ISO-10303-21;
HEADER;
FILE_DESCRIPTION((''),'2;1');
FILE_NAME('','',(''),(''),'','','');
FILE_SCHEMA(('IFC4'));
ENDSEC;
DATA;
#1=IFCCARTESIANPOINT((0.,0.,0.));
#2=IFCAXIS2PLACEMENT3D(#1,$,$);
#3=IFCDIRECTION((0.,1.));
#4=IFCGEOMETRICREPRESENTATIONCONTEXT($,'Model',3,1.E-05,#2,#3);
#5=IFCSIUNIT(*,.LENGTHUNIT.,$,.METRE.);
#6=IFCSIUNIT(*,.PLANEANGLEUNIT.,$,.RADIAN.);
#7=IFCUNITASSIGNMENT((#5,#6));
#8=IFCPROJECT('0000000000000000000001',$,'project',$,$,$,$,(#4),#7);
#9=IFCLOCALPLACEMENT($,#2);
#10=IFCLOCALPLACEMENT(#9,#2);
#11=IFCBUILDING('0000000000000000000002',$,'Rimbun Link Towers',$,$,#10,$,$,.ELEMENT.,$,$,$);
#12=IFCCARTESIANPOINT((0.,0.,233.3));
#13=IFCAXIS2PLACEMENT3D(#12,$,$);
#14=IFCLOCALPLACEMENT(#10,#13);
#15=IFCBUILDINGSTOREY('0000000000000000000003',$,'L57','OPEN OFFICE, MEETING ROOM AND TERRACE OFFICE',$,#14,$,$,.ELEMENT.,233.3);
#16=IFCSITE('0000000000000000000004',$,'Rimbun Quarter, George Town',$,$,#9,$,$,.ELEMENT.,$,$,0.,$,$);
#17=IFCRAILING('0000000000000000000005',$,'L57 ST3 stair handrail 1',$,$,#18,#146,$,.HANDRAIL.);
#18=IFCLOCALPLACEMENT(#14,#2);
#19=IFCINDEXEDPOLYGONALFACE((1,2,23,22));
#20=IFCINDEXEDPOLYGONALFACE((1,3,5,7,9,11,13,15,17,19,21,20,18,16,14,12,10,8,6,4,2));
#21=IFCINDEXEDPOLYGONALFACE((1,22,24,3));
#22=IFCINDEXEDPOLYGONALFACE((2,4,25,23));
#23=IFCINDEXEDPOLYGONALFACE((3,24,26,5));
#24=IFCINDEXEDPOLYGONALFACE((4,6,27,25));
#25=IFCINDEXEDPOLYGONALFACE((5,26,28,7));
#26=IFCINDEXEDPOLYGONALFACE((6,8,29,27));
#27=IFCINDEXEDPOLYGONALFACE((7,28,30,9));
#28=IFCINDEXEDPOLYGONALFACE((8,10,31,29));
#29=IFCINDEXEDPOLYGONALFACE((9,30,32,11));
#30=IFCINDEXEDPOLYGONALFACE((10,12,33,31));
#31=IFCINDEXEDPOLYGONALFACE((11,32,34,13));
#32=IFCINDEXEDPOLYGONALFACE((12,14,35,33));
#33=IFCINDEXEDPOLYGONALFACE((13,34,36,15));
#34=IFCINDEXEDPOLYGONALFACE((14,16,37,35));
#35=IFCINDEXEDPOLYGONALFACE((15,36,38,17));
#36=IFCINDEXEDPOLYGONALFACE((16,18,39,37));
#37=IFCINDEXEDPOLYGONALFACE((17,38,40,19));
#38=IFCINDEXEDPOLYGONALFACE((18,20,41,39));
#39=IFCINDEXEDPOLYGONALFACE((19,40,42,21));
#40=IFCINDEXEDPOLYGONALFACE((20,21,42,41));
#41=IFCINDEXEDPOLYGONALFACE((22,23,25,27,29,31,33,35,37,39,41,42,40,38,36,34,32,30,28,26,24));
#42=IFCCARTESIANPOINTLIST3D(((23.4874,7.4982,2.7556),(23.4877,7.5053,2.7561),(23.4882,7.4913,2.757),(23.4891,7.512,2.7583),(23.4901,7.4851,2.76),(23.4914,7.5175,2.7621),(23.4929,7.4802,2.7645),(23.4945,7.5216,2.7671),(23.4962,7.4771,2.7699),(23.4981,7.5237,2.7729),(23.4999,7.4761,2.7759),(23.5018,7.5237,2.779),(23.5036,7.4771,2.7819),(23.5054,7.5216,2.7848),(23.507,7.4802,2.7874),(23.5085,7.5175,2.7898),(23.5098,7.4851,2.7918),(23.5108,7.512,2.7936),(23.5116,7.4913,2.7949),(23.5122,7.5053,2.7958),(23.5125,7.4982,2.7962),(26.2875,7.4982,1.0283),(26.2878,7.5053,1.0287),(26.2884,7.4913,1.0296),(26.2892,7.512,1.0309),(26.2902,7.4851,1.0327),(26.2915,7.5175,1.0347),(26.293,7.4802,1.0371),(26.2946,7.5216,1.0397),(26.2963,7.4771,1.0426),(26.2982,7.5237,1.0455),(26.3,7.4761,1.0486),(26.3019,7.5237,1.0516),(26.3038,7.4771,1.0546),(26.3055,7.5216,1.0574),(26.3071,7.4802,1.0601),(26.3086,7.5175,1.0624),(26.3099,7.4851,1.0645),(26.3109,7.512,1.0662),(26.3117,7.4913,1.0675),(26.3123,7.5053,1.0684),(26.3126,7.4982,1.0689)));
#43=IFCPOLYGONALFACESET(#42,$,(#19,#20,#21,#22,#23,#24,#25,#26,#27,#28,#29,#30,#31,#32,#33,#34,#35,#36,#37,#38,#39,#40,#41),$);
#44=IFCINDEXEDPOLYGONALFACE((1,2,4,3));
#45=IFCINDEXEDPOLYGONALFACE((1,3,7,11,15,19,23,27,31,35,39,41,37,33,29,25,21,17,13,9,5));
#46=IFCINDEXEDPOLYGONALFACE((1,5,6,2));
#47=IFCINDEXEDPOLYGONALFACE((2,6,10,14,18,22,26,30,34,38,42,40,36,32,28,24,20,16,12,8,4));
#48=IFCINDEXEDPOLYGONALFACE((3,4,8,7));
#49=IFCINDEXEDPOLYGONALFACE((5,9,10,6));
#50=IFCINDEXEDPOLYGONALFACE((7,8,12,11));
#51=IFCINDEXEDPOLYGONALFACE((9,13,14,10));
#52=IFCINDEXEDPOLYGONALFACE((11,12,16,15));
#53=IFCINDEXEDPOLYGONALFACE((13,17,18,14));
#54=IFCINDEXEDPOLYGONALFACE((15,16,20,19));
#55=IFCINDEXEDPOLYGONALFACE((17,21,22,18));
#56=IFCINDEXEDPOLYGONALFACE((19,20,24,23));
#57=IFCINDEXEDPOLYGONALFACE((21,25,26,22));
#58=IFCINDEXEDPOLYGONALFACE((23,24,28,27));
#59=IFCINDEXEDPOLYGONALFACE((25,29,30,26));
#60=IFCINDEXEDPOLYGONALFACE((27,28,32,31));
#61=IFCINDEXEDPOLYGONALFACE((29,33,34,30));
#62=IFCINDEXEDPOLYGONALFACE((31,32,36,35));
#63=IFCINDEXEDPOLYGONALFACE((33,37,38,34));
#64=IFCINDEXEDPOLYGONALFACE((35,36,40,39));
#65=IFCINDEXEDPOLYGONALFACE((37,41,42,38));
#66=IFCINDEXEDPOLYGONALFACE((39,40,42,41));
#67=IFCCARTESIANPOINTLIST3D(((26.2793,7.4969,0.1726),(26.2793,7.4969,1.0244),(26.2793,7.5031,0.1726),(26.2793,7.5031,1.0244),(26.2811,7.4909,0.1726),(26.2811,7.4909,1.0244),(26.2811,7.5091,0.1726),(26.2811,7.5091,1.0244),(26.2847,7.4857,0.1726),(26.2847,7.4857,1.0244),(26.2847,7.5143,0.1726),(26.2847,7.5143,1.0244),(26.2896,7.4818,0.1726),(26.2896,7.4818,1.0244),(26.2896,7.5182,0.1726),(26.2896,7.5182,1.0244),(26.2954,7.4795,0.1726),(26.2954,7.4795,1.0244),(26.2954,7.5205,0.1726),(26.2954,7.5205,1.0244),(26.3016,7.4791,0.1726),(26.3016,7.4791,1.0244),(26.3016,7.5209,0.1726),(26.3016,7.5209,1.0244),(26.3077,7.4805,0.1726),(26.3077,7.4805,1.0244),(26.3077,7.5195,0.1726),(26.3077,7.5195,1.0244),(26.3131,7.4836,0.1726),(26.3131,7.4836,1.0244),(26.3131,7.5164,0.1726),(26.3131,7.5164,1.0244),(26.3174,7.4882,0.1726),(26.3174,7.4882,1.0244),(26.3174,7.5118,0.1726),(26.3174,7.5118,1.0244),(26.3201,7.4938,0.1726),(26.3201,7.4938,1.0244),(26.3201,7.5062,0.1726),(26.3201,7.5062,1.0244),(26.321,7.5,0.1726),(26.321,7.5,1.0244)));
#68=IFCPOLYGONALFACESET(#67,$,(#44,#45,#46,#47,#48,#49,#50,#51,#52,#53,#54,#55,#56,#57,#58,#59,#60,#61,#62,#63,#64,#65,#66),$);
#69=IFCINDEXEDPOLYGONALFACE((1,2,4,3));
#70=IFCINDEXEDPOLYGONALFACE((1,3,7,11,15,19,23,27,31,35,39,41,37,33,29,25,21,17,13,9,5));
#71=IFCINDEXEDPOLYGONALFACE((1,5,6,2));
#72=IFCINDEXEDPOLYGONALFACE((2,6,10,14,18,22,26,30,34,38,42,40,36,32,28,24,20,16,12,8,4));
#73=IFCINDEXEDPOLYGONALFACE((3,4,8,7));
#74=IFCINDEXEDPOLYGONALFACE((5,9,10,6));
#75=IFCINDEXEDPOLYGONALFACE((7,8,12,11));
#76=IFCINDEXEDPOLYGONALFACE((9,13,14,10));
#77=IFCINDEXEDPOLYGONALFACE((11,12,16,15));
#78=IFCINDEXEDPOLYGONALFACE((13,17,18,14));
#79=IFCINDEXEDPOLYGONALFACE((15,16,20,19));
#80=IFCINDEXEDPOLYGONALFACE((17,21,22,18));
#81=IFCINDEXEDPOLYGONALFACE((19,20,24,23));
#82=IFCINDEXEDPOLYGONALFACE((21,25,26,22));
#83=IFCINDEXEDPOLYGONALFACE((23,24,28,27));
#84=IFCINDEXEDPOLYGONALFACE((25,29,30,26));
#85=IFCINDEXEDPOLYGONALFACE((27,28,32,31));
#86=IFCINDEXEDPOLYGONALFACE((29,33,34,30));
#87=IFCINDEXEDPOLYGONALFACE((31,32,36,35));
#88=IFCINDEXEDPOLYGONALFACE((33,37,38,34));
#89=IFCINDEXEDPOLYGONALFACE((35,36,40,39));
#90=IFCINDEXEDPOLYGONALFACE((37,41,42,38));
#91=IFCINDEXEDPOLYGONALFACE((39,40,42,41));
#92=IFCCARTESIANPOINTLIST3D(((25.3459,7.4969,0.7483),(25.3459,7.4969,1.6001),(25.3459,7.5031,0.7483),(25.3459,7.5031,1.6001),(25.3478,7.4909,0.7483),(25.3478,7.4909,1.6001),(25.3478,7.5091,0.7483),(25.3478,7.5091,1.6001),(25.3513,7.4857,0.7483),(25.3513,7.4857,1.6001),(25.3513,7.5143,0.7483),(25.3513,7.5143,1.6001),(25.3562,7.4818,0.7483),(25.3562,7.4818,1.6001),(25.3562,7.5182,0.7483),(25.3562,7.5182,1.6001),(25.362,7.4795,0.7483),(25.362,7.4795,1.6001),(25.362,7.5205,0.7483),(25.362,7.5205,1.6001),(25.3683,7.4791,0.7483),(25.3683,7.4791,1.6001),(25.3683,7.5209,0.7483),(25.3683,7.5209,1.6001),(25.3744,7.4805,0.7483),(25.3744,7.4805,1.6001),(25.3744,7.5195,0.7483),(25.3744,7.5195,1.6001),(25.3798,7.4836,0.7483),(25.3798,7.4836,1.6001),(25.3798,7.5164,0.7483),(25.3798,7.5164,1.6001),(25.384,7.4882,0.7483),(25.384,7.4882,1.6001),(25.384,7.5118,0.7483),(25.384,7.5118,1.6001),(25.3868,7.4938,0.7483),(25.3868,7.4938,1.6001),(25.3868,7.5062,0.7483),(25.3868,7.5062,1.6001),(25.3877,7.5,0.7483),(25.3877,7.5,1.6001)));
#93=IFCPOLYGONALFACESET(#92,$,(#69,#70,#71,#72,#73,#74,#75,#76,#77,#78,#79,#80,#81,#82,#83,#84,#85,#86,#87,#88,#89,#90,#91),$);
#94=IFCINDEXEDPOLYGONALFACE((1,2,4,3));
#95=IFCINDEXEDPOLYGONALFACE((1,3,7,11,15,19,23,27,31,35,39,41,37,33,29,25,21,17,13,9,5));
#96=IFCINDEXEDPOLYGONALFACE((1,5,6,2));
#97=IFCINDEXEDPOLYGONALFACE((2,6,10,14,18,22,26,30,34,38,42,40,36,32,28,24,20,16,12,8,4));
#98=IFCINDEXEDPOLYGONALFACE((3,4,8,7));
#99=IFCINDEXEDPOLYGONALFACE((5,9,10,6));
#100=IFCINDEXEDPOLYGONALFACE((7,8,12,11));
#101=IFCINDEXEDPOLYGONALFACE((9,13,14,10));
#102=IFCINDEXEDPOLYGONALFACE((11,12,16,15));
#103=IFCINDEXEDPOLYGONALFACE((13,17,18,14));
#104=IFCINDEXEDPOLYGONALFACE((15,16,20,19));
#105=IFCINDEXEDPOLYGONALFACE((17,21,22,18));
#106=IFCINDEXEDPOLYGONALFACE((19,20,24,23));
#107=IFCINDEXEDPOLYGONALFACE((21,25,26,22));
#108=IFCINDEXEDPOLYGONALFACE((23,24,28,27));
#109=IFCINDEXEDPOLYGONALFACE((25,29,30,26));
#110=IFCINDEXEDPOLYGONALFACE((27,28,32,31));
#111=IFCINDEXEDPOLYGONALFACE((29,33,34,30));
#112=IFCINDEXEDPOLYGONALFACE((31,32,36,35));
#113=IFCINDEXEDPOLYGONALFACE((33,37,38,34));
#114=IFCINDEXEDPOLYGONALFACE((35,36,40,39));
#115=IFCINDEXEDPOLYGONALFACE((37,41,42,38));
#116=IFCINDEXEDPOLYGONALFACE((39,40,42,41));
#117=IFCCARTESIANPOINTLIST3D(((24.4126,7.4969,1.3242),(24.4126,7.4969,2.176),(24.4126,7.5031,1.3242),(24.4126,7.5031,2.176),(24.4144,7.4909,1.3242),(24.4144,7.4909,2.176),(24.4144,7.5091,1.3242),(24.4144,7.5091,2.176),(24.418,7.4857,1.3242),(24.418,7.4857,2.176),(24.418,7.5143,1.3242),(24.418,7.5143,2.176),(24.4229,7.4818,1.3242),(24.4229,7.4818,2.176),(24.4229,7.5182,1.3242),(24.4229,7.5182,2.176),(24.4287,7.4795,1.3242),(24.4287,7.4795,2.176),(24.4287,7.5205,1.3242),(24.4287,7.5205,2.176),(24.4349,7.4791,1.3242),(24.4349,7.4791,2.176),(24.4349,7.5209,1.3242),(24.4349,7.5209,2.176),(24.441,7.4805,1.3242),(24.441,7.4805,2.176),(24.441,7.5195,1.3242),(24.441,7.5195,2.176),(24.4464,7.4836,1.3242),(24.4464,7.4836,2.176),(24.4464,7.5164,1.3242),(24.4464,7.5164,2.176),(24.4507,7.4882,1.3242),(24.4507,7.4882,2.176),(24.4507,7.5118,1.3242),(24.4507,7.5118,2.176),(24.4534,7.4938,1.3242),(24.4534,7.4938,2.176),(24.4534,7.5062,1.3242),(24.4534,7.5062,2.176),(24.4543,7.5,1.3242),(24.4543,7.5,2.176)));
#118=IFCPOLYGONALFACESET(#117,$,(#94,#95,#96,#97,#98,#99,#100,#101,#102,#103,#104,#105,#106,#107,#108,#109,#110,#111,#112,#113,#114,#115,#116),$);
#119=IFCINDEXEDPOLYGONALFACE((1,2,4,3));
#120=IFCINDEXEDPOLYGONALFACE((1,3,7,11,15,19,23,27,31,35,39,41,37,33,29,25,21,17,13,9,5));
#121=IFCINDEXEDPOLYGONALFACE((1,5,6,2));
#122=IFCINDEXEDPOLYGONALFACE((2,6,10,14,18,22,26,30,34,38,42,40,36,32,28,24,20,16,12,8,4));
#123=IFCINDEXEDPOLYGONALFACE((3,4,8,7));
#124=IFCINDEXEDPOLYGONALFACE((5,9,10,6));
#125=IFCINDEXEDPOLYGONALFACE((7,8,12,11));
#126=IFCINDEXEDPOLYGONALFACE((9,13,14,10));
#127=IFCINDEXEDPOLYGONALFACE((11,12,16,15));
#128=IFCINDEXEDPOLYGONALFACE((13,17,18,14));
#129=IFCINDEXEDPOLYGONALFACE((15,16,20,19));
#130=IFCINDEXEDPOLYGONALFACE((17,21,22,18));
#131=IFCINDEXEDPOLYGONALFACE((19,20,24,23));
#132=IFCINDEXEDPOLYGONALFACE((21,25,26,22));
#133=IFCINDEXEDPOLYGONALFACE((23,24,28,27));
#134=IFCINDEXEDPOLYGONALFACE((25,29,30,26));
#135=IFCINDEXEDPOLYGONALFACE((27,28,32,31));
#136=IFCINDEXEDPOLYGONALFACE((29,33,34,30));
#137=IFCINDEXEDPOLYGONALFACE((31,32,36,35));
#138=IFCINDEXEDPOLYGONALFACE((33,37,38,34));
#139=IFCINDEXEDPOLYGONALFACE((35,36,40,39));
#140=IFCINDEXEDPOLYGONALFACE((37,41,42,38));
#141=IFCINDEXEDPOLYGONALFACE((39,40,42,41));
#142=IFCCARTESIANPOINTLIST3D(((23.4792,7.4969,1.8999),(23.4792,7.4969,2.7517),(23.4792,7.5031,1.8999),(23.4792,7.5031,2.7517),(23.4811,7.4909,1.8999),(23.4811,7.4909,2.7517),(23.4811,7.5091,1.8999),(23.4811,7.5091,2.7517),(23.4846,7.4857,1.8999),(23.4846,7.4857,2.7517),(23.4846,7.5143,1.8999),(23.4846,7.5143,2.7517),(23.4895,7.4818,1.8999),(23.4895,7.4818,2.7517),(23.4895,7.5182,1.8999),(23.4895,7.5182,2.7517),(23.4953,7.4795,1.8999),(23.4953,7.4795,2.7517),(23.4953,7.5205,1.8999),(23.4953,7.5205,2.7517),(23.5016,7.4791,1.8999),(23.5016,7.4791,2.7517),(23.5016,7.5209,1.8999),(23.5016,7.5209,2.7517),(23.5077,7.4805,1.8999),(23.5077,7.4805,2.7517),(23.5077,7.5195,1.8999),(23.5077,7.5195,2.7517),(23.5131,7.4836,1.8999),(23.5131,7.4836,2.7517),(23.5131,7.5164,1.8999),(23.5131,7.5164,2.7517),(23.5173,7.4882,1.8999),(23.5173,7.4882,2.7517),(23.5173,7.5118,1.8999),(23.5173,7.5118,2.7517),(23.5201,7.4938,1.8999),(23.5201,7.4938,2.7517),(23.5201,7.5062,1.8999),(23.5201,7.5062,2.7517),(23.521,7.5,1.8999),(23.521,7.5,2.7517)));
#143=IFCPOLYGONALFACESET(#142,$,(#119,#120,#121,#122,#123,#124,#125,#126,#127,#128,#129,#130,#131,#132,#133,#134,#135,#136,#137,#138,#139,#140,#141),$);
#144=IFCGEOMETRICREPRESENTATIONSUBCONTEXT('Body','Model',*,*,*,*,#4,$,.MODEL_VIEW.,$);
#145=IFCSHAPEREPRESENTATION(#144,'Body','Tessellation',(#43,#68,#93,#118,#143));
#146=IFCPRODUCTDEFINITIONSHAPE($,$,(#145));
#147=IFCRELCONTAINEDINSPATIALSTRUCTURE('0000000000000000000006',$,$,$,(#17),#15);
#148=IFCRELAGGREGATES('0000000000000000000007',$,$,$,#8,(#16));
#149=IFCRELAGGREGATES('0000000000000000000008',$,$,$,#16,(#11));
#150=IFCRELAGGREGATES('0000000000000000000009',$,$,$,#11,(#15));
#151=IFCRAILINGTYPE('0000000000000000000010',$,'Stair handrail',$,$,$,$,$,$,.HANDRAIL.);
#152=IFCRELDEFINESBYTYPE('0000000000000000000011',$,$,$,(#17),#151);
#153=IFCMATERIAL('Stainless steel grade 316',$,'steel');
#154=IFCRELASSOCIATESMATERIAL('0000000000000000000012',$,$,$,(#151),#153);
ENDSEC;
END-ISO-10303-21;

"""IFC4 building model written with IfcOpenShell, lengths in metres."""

from ifc_helpers import new_model, si_unit, direction, frame, origin, origin_2d, place, context, subcontext, project, spatial, circle, extrude, material, type_object, element, save


model = new_model("IFC4")

# Units and contexts
model_context = context("Model", 3, precision=1e-05, world=origin(), true_north=direction((0.0, 1.0)))
body_context = subcontext(model_context, "Body", "Model", "MODEL_VIEW")
ifc_project = project(units=[si_unit("LENGTHUNIT", "METRE"), si_unit("PLANEANGLEUNIT", "RADIAN")], contexts=[model_context])

# Site, building, storey
site_placement = place(None, origin())
site = spatial("IfcSite", under=ifc_project, at=site_placement, Name="Rimbun Quarter, George Town", CompositionType="ELEMENT", RefElevation=0.0)
building_placement = place(site_placement, origin())
building = spatial("IfcBuilding", under=site, at=building_placement, Name="Rimbun Link Towers", CompositionType="ELEMENT")
storey_placement = place(building_placement, frame((0.0, 0.0, 233.3)))
storey = spatial("IfcBuildingStorey", under=building, at=storey_placement, Name="L57", Description="OPEN OFFICE, MEETING ROOM AND TERRACE OFFICE", CompositionType="ELEMENT", Elevation=233.3)

# Railing
ifc_material_1 = material(Name="Stainless steel grade 316", Category="steel")
railing_type_1 = type_object("IfcRailingType", Name="Stair handrail", PredefinedType="HANDRAIL", material=ifc_material_1)
railing_1_placement = place(storey_placement, frame((26.3, 7.5, 0.1726)))
element("IfcRailing", 1, at=railing_1_placement, inside=storey, type_object=railing_type_1, Name="L57 ST3 stair handrail 1", PredefinedType="HANDRAIL", context=body_context, shape_type="SweptSolid", body=[
    extrude(circle(Radius=0.0239, at=origin_2d()), frame((0.0, 0.0, 0.876), z_axis=(-0.85109, 0.0, 0.52502), x_axis=(0.0, -1.0, 0.0)), (0.0, 0.0, 1.0), 3.29),
    extrude(circle(Radius=0.021, at=origin_2d()), origin(), (0.0, 0.0, 1.0), 0.8518),
    extrude(circle(Radius=0.021, at=origin_2d()), frame((-0.9333, 0.0, 0.5757)), (0.0, 0.0, 1.0), 0.8518),
    extrude(circle(Radius=0.021, at=origin_2d()), frame((-1.8667, 0.0, 1.1516)), (0.0, 0.0, 1.0), 0.8518),
    extrude(circle(Radius=0.021, at=origin_2d()), frame((-2.8, 0.0, 1.7273)), (0.0, 0.0, 1.0), 0.8518),
])

save(model, "model.ifc")
